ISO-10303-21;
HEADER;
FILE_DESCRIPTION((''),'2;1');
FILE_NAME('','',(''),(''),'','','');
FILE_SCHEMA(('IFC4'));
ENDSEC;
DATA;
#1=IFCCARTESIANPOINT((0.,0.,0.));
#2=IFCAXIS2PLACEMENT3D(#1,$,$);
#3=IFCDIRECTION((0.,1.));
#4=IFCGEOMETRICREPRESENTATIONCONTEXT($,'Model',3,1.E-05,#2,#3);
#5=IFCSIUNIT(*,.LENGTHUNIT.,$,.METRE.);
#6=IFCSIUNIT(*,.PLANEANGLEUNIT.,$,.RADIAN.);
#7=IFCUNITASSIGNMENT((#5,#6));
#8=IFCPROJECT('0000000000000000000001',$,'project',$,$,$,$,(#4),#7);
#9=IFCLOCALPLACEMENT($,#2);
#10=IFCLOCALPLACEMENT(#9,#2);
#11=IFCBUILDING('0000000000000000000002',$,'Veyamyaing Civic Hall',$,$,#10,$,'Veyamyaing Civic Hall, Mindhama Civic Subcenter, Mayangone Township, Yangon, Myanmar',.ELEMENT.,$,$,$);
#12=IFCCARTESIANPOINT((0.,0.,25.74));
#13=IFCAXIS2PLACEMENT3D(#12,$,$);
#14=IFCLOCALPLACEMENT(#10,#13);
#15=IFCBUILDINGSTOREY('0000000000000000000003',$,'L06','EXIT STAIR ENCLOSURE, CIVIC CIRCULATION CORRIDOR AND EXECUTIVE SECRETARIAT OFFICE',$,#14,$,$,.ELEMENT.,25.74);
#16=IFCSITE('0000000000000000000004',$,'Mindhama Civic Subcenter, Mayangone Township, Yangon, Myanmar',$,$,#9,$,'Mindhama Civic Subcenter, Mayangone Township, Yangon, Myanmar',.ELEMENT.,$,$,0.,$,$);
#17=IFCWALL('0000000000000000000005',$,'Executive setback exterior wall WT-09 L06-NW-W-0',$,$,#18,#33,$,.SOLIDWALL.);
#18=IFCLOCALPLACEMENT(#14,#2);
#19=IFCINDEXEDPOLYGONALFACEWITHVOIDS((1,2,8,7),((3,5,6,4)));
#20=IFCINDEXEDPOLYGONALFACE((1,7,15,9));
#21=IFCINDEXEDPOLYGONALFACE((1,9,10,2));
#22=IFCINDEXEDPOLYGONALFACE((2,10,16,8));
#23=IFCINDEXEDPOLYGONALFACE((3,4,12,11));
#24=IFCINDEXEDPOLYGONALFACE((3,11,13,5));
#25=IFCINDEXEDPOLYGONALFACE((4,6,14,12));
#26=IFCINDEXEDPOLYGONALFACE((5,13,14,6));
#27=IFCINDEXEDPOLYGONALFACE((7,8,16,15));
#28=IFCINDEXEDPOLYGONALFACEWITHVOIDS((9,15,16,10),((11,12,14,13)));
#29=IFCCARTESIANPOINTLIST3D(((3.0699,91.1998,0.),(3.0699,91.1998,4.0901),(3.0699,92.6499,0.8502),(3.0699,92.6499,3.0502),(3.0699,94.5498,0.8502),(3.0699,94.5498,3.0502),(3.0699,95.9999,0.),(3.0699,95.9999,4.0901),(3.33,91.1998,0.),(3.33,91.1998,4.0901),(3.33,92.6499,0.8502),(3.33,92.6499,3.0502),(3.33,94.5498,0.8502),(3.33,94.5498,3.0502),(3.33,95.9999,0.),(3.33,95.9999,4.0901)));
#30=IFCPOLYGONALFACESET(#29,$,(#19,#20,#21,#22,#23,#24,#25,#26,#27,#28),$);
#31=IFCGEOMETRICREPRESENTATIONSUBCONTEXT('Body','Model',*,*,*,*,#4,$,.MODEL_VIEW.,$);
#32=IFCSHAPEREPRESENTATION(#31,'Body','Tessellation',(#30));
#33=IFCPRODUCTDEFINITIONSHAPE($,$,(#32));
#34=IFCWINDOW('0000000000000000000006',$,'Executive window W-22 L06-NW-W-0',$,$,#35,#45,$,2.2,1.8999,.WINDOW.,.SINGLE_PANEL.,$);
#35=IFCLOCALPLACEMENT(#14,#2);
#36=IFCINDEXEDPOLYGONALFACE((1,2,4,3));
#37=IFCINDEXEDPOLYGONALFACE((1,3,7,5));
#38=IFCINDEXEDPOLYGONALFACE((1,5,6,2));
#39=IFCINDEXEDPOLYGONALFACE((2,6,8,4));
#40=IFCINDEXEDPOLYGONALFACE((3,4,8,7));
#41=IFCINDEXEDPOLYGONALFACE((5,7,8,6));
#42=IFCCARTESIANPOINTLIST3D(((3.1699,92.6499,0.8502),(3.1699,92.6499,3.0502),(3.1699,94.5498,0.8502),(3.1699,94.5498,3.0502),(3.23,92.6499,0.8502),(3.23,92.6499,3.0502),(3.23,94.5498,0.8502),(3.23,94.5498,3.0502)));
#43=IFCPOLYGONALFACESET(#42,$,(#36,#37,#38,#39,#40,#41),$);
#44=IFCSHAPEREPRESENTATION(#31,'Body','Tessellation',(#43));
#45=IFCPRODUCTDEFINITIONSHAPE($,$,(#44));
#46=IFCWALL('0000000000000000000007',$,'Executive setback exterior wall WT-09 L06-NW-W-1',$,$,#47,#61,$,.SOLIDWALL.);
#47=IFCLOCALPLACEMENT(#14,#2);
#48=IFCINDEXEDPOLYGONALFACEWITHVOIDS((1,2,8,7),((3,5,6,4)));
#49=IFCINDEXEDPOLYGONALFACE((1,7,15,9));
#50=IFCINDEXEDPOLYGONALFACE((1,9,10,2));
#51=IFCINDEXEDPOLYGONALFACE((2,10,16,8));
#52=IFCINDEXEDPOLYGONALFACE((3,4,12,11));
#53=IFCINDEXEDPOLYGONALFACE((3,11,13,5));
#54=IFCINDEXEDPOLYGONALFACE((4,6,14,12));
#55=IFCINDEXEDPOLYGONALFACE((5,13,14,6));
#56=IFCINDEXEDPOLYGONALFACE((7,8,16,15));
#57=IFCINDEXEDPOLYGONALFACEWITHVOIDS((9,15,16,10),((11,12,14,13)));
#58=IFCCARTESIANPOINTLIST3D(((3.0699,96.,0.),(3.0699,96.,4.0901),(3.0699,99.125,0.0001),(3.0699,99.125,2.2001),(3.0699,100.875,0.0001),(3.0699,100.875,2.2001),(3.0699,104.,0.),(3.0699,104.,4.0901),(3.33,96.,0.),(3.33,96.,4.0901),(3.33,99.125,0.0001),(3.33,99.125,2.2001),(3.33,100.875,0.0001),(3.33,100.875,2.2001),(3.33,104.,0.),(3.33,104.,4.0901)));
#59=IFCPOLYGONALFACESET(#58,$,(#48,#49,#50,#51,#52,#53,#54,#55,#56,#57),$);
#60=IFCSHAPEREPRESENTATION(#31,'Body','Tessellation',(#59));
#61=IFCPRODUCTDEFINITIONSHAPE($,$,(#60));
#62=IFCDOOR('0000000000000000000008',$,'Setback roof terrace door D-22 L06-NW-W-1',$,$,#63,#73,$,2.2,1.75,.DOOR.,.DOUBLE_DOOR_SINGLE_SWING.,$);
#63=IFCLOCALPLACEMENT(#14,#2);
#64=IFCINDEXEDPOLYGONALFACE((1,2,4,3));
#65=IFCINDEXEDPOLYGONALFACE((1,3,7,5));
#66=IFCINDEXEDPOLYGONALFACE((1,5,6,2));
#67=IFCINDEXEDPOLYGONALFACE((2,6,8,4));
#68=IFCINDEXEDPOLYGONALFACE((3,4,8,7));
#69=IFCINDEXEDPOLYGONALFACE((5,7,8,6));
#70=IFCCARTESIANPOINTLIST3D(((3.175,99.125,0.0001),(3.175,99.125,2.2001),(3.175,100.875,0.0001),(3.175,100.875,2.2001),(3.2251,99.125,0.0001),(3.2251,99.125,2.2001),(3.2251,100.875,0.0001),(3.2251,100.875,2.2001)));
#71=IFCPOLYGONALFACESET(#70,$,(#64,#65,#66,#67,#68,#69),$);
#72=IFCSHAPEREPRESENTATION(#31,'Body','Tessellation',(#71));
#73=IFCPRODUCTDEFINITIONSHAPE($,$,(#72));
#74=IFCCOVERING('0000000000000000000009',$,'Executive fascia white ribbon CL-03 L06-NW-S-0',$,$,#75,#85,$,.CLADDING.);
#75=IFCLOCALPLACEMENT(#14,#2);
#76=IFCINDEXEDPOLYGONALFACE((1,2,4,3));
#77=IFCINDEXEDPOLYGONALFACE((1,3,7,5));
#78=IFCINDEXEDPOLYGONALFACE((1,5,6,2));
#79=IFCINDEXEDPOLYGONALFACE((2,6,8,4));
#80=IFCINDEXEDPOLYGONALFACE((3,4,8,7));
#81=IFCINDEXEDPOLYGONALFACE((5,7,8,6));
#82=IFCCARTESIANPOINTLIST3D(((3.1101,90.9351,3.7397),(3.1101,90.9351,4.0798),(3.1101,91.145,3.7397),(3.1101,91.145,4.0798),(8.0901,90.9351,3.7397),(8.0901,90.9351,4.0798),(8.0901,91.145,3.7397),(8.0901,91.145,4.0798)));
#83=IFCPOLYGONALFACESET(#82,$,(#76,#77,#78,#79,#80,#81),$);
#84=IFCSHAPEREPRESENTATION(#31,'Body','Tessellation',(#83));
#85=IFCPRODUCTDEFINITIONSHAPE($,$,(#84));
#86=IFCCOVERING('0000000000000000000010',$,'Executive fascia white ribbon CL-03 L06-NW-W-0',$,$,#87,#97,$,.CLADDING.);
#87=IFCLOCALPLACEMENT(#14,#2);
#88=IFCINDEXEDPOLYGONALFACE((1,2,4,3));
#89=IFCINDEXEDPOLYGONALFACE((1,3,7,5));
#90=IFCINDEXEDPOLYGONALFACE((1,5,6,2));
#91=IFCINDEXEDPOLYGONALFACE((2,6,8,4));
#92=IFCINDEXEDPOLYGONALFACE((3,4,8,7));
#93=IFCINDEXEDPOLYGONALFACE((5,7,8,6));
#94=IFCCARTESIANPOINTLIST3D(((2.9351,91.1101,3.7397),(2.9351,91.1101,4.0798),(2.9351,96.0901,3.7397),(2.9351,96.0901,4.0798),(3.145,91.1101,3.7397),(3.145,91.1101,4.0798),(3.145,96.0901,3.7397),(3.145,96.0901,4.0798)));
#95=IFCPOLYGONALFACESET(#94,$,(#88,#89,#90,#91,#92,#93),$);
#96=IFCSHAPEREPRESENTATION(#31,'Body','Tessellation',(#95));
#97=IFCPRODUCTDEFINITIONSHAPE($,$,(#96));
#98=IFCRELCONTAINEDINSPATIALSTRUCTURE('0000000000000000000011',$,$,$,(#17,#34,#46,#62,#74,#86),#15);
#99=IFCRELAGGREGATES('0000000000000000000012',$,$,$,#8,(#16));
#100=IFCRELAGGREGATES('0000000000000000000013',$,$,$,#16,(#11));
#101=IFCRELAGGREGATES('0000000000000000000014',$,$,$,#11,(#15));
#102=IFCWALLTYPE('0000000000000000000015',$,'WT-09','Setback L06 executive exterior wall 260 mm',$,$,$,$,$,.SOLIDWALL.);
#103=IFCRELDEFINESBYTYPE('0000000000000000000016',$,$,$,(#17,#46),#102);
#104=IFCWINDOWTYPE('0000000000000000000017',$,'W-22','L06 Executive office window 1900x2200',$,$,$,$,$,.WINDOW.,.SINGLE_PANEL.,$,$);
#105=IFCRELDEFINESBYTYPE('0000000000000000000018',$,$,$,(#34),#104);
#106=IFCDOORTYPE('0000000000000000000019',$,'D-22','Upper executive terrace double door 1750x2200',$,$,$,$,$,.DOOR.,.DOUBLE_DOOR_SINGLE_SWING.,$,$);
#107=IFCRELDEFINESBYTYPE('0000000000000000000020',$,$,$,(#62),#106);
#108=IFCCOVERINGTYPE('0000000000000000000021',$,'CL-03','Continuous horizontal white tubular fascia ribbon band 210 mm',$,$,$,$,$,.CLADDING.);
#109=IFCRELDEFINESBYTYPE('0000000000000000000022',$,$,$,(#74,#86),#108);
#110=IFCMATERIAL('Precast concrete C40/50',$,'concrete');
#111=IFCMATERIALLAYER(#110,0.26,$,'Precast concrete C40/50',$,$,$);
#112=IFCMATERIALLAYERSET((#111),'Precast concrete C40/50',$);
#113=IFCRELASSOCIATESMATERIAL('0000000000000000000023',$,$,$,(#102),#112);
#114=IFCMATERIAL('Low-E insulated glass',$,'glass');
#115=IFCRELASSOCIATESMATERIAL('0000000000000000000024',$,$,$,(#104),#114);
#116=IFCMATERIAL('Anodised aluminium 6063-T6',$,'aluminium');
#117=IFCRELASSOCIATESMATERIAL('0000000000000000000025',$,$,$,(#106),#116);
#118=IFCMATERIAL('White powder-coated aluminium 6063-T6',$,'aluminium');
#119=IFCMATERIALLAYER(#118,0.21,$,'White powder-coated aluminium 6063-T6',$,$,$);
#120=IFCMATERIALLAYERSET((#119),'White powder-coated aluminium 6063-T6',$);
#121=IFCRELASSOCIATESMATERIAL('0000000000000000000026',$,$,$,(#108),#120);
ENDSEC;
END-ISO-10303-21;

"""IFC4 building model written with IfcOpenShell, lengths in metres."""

from ifc_helpers import new_model, si_unit, direction, frame, frame_2d, origin, origin_2d, place, context, subcontext, project, spatial, rectangle, extrude, material, layer, layer_set, type_object, element, fill, save


model = new_model("IFC4")

# Units and contexts
model_context = context("Model", 3, precision=1e-05, world=origin(), true_north=direction((0.0, 1.0)))
body_context = subcontext(model_context, "Body", "Model", "MODEL_VIEW")
ifc_project = project(units=[si_unit("LENGTHUNIT", "METRE"), si_unit("PLANEANGLEUNIT", "RADIAN")], contexts=[model_context])

# Site, building, storey
site_placement = place(None, origin())
site = spatial("IfcSite", under=ifc_project, at=site_placement, Name="Mindhama Civic Subcenter, Mayangone Township, Yangon, Myanmar", LongName="Mindhama Civic Subcenter, Mayangone Township, Yangon, Myanmar", CompositionType="ELEMENT", RefElevation=0.0)
building_placement = place(site_placement, origin())
building = spatial("IfcBuilding", under=site, at=building_placement, Name="Veyamyaing Civic Hall", LongName="Veyamyaing Civic Hall, Mindhama Civic Subcenter, Mayangone Township, Yangon, Myanmar", CompositionType="ELEMENT")
storey_placement = place(building_placement, frame((0.0, 0.0, 25.74)))
storey = spatial("IfcBuildingStorey", under=building, at=storey_placement, Name="L06", Description="EXIT STAIR ENCLOSURE, CIVIC CIRCULATION CORRIDOR AND EXECUTIVE SECRETARIAT OFFICE", CompositionType="ELEMENT", Elevation=25.74)

# Wall, opening, window
ifc_material_1 = material(Name="Precast concrete C40/50", Category="concrete")
ifc_layer_1 = layer(ifc_material_1, 0.26, Name="Precast concrete C40/50")
ifc_layer_set_1 = layer_set([ifc_layer_1], Name="Precast concrete C40/50")
wall_type_1 = type_object("IfcWallType", Name="WT-09", Description="Setback L06 executive exterior wall 260 mm", PredefinedType="SOLIDWALL", material=ifc_layer_set_1)
ifc_material_2 = material(Name="Low-E insulated glass", Category="glass")
window_type = type_object("IfcWindowType", Name="W-22", Description="L06 Executive office window 1900x2200", PartitioningType="SINGLE_PANEL", PredefinedType="WINDOW", material=ifc_material_2)
wall_1_placement = place(storey_placement, frame((3.2, 91.2, 0.0), z_axis=(0.0, 0.0, 1.0), x_axis=(0.0, 1.0, 0.0)))
wall_1 = element("IfcWall", 1, at=wall_1_placement, inside=storey, type_object=wall_type_1, Name="Executive setback exterior wall WT-09 L06-NW-W-0", PredefinedType="SOLIDWALL", context=body_context, shape_type="SweptSolid", body=[
    extrude(rectangle(XDim=4.8, YDim=0.26, at=frame_2d((2.3999, 0.0))), origin(), (0.0, 0.0, 1.0), 4.0901),
])
opening_1_placement = place(wall_1_placement, frame((1.45, 0.0, 0.8501)))
opening_1 = element("IfcOpeningElement", 2, at=opening_1_placement, cuts=wall_1, PredefinedType="OPENING", context=body_context, shape_type="SweptSolid", body=[
    extrude(rectangle(XDim=1.8999, YDim=2.2, at=frame_2d((0.95, 1.1001))), frame((0.0, 0.1399, 0.0), z_axis=(0.0, -1.0, 0.0), x_axis=(1.0, 0.0, 0.0)), (0.0, 0.0, 1.0), 0.28),
])
window_1_placement = place(opening_1_placement, origin())
window_1 = element("IfcWindow", 3, at=window_1_placement, inside=storey, type_object=window_type, Name="Executive window W-22 L06-NW-W-0", OverallHeight=2.2, OverallWidth=1.8999, PartitioningType="SINGLE_PANEL", PredefinedType="WINDOW", context=body_context, shape_type="SweptSolid", body=[
    extrude(rectangle(XDim=1.8999, YDim=2.2, at=frame_2d((0.95, 1.1001))), frame((0.0, 0.03, 0.0), z_axis=(0.0, -1.0, 0.0), x_axis=(1.0, 0.0, 0.0)), (0.0, 0.0, 1.0), 0.0601),
])
fill(opening_1, window_1)

# Wall, opening, door
wall_2_placement = place(storey_placement, frame((3.2, 96.0, 0.0), z_axis=(0.0, 0.0, 1.0), x_axis=(0.0, 1.0, 0.0)))
wall_2 = element("IfcWall", 4, at=wall_2_placement, inside=storey, type_object=wall_type_1, Name="Executive setback exterior wall WT-09 L06-NW-W-1", PredefinedType="SOLIDWALL", context=body_context, shape_type="SweptSolid", body=[
    extrude(rectangle(XDim=8.0, YDim=0.26, at=frame_2d((4.0, 0.0))), origin(), (0.0, 0.0, 1.0), 4.0901),
])
opening_2_placement = place(wall_2_placement, frame((3.125, 0.0, 0.0)))
opening_2 = element("IfcOpeningElement", 5, at=opening_2_placement, cuts=wall_2, PredefinedType="OPENING", context=body_context, shape_type="SweptSolid", body=[
    extrude(rectangle(XDim=1.75, YDim=2.2, at=frame_2d((0.875, 1.1001))), frame((0.0, 0.1399, 0.0), z_axis=(0.0, -1.0, 0.0), x_axis=(1.0, 0.0, 0.0)), (0.0, 0.0, 1.0), 0.28),
])
ifc_material_3 = material(Name="Anodised aluminium 6063-T6", Category="aluminium")
door_type_1 = type_object("IfcDoorType", Name="D-22", Description="Upper executive terrace double door 1750x2200", OperationType="DOUBLE_DOOR_SINGLE_SWING", PredefinedType="DOOR", material=ifc_material_3)
door_1_placement = place(opening_2_placement, origin())
door_1 = element("IfcDoor", 6, at=door_1_placement, inside=storey, type_object=door_type_1, Name="Setback roof terrace door D-22 L06-NW-W-1", OperationType="DOUBLE_DOOR_SINGLE_SWING", OverallHeight=2.2, OverallWidth=1.75, PredefinedType="DOOR", context=body_context, shape_type="SweptSolid", body=[
    extrude(rectangle(XDim=1.75, YDim=2.2, at=frame_2d((0.875, 1.1001))), frame((0.0, 0.0249, 0.0), z_axis=(0.0, -1.0, 0.0), x_axis=(1.0, 0.0, 0.0)), (0.0, 0.0, 1.0), 0.05),
])
fill(opening_2, door_1)

# Coverings
ifc_material_4 = material(Name="White powder-coated aluminium 6063-T6", Category="aluminium")
ifc_layer_2 = layer(ifc_material_4, 0.21, Name="White powder-coated aluminium 6063-T6")
ifc_layer_set_2 = layer_set([ifc_layer_2], Name="White powder-coated aluminium 6063-T6")
covering_type = type_object("IfcCoveringType", Name="CL-03", Description="Continuous horizontal white tubular fascia ribbon band 210 mm", PredefinedType="CLADDING", material=ifc_layer_set_2)
for number, where, z_axis, x_axis, name in (
    (7, (5.6001, 91.04, 3.7397), (0.0, 0.0, 1.0), (1.0, 0.0, 0.0), "Executive fascia white ribbon CL-03 L06-NW-S-0"),
    (8, (3.04, 93.6001, 3.7397), (0.0, 0.0, 1.0), (0.0, 1.0, 0.0), "Executive fascia white ribbon CL-03 L06-NW-W-0"),
):
    element("IfcCovering", number, at=place(storey_placement, frame(where, z_axis=z_axis, x_axis=x_axis)), inside=storey, type_object=covering_type, Name=name, PredefinedType="CLADDING", context=body_context, shape_type="SweptSolid", body=[
        extrude(rectangle(XDim=4.98, YDim=0.21, at=origin_2d()), origin(), (0.0, 0.0, 1.0), 0.3401),
    ])

save(model, "model.ifc")
